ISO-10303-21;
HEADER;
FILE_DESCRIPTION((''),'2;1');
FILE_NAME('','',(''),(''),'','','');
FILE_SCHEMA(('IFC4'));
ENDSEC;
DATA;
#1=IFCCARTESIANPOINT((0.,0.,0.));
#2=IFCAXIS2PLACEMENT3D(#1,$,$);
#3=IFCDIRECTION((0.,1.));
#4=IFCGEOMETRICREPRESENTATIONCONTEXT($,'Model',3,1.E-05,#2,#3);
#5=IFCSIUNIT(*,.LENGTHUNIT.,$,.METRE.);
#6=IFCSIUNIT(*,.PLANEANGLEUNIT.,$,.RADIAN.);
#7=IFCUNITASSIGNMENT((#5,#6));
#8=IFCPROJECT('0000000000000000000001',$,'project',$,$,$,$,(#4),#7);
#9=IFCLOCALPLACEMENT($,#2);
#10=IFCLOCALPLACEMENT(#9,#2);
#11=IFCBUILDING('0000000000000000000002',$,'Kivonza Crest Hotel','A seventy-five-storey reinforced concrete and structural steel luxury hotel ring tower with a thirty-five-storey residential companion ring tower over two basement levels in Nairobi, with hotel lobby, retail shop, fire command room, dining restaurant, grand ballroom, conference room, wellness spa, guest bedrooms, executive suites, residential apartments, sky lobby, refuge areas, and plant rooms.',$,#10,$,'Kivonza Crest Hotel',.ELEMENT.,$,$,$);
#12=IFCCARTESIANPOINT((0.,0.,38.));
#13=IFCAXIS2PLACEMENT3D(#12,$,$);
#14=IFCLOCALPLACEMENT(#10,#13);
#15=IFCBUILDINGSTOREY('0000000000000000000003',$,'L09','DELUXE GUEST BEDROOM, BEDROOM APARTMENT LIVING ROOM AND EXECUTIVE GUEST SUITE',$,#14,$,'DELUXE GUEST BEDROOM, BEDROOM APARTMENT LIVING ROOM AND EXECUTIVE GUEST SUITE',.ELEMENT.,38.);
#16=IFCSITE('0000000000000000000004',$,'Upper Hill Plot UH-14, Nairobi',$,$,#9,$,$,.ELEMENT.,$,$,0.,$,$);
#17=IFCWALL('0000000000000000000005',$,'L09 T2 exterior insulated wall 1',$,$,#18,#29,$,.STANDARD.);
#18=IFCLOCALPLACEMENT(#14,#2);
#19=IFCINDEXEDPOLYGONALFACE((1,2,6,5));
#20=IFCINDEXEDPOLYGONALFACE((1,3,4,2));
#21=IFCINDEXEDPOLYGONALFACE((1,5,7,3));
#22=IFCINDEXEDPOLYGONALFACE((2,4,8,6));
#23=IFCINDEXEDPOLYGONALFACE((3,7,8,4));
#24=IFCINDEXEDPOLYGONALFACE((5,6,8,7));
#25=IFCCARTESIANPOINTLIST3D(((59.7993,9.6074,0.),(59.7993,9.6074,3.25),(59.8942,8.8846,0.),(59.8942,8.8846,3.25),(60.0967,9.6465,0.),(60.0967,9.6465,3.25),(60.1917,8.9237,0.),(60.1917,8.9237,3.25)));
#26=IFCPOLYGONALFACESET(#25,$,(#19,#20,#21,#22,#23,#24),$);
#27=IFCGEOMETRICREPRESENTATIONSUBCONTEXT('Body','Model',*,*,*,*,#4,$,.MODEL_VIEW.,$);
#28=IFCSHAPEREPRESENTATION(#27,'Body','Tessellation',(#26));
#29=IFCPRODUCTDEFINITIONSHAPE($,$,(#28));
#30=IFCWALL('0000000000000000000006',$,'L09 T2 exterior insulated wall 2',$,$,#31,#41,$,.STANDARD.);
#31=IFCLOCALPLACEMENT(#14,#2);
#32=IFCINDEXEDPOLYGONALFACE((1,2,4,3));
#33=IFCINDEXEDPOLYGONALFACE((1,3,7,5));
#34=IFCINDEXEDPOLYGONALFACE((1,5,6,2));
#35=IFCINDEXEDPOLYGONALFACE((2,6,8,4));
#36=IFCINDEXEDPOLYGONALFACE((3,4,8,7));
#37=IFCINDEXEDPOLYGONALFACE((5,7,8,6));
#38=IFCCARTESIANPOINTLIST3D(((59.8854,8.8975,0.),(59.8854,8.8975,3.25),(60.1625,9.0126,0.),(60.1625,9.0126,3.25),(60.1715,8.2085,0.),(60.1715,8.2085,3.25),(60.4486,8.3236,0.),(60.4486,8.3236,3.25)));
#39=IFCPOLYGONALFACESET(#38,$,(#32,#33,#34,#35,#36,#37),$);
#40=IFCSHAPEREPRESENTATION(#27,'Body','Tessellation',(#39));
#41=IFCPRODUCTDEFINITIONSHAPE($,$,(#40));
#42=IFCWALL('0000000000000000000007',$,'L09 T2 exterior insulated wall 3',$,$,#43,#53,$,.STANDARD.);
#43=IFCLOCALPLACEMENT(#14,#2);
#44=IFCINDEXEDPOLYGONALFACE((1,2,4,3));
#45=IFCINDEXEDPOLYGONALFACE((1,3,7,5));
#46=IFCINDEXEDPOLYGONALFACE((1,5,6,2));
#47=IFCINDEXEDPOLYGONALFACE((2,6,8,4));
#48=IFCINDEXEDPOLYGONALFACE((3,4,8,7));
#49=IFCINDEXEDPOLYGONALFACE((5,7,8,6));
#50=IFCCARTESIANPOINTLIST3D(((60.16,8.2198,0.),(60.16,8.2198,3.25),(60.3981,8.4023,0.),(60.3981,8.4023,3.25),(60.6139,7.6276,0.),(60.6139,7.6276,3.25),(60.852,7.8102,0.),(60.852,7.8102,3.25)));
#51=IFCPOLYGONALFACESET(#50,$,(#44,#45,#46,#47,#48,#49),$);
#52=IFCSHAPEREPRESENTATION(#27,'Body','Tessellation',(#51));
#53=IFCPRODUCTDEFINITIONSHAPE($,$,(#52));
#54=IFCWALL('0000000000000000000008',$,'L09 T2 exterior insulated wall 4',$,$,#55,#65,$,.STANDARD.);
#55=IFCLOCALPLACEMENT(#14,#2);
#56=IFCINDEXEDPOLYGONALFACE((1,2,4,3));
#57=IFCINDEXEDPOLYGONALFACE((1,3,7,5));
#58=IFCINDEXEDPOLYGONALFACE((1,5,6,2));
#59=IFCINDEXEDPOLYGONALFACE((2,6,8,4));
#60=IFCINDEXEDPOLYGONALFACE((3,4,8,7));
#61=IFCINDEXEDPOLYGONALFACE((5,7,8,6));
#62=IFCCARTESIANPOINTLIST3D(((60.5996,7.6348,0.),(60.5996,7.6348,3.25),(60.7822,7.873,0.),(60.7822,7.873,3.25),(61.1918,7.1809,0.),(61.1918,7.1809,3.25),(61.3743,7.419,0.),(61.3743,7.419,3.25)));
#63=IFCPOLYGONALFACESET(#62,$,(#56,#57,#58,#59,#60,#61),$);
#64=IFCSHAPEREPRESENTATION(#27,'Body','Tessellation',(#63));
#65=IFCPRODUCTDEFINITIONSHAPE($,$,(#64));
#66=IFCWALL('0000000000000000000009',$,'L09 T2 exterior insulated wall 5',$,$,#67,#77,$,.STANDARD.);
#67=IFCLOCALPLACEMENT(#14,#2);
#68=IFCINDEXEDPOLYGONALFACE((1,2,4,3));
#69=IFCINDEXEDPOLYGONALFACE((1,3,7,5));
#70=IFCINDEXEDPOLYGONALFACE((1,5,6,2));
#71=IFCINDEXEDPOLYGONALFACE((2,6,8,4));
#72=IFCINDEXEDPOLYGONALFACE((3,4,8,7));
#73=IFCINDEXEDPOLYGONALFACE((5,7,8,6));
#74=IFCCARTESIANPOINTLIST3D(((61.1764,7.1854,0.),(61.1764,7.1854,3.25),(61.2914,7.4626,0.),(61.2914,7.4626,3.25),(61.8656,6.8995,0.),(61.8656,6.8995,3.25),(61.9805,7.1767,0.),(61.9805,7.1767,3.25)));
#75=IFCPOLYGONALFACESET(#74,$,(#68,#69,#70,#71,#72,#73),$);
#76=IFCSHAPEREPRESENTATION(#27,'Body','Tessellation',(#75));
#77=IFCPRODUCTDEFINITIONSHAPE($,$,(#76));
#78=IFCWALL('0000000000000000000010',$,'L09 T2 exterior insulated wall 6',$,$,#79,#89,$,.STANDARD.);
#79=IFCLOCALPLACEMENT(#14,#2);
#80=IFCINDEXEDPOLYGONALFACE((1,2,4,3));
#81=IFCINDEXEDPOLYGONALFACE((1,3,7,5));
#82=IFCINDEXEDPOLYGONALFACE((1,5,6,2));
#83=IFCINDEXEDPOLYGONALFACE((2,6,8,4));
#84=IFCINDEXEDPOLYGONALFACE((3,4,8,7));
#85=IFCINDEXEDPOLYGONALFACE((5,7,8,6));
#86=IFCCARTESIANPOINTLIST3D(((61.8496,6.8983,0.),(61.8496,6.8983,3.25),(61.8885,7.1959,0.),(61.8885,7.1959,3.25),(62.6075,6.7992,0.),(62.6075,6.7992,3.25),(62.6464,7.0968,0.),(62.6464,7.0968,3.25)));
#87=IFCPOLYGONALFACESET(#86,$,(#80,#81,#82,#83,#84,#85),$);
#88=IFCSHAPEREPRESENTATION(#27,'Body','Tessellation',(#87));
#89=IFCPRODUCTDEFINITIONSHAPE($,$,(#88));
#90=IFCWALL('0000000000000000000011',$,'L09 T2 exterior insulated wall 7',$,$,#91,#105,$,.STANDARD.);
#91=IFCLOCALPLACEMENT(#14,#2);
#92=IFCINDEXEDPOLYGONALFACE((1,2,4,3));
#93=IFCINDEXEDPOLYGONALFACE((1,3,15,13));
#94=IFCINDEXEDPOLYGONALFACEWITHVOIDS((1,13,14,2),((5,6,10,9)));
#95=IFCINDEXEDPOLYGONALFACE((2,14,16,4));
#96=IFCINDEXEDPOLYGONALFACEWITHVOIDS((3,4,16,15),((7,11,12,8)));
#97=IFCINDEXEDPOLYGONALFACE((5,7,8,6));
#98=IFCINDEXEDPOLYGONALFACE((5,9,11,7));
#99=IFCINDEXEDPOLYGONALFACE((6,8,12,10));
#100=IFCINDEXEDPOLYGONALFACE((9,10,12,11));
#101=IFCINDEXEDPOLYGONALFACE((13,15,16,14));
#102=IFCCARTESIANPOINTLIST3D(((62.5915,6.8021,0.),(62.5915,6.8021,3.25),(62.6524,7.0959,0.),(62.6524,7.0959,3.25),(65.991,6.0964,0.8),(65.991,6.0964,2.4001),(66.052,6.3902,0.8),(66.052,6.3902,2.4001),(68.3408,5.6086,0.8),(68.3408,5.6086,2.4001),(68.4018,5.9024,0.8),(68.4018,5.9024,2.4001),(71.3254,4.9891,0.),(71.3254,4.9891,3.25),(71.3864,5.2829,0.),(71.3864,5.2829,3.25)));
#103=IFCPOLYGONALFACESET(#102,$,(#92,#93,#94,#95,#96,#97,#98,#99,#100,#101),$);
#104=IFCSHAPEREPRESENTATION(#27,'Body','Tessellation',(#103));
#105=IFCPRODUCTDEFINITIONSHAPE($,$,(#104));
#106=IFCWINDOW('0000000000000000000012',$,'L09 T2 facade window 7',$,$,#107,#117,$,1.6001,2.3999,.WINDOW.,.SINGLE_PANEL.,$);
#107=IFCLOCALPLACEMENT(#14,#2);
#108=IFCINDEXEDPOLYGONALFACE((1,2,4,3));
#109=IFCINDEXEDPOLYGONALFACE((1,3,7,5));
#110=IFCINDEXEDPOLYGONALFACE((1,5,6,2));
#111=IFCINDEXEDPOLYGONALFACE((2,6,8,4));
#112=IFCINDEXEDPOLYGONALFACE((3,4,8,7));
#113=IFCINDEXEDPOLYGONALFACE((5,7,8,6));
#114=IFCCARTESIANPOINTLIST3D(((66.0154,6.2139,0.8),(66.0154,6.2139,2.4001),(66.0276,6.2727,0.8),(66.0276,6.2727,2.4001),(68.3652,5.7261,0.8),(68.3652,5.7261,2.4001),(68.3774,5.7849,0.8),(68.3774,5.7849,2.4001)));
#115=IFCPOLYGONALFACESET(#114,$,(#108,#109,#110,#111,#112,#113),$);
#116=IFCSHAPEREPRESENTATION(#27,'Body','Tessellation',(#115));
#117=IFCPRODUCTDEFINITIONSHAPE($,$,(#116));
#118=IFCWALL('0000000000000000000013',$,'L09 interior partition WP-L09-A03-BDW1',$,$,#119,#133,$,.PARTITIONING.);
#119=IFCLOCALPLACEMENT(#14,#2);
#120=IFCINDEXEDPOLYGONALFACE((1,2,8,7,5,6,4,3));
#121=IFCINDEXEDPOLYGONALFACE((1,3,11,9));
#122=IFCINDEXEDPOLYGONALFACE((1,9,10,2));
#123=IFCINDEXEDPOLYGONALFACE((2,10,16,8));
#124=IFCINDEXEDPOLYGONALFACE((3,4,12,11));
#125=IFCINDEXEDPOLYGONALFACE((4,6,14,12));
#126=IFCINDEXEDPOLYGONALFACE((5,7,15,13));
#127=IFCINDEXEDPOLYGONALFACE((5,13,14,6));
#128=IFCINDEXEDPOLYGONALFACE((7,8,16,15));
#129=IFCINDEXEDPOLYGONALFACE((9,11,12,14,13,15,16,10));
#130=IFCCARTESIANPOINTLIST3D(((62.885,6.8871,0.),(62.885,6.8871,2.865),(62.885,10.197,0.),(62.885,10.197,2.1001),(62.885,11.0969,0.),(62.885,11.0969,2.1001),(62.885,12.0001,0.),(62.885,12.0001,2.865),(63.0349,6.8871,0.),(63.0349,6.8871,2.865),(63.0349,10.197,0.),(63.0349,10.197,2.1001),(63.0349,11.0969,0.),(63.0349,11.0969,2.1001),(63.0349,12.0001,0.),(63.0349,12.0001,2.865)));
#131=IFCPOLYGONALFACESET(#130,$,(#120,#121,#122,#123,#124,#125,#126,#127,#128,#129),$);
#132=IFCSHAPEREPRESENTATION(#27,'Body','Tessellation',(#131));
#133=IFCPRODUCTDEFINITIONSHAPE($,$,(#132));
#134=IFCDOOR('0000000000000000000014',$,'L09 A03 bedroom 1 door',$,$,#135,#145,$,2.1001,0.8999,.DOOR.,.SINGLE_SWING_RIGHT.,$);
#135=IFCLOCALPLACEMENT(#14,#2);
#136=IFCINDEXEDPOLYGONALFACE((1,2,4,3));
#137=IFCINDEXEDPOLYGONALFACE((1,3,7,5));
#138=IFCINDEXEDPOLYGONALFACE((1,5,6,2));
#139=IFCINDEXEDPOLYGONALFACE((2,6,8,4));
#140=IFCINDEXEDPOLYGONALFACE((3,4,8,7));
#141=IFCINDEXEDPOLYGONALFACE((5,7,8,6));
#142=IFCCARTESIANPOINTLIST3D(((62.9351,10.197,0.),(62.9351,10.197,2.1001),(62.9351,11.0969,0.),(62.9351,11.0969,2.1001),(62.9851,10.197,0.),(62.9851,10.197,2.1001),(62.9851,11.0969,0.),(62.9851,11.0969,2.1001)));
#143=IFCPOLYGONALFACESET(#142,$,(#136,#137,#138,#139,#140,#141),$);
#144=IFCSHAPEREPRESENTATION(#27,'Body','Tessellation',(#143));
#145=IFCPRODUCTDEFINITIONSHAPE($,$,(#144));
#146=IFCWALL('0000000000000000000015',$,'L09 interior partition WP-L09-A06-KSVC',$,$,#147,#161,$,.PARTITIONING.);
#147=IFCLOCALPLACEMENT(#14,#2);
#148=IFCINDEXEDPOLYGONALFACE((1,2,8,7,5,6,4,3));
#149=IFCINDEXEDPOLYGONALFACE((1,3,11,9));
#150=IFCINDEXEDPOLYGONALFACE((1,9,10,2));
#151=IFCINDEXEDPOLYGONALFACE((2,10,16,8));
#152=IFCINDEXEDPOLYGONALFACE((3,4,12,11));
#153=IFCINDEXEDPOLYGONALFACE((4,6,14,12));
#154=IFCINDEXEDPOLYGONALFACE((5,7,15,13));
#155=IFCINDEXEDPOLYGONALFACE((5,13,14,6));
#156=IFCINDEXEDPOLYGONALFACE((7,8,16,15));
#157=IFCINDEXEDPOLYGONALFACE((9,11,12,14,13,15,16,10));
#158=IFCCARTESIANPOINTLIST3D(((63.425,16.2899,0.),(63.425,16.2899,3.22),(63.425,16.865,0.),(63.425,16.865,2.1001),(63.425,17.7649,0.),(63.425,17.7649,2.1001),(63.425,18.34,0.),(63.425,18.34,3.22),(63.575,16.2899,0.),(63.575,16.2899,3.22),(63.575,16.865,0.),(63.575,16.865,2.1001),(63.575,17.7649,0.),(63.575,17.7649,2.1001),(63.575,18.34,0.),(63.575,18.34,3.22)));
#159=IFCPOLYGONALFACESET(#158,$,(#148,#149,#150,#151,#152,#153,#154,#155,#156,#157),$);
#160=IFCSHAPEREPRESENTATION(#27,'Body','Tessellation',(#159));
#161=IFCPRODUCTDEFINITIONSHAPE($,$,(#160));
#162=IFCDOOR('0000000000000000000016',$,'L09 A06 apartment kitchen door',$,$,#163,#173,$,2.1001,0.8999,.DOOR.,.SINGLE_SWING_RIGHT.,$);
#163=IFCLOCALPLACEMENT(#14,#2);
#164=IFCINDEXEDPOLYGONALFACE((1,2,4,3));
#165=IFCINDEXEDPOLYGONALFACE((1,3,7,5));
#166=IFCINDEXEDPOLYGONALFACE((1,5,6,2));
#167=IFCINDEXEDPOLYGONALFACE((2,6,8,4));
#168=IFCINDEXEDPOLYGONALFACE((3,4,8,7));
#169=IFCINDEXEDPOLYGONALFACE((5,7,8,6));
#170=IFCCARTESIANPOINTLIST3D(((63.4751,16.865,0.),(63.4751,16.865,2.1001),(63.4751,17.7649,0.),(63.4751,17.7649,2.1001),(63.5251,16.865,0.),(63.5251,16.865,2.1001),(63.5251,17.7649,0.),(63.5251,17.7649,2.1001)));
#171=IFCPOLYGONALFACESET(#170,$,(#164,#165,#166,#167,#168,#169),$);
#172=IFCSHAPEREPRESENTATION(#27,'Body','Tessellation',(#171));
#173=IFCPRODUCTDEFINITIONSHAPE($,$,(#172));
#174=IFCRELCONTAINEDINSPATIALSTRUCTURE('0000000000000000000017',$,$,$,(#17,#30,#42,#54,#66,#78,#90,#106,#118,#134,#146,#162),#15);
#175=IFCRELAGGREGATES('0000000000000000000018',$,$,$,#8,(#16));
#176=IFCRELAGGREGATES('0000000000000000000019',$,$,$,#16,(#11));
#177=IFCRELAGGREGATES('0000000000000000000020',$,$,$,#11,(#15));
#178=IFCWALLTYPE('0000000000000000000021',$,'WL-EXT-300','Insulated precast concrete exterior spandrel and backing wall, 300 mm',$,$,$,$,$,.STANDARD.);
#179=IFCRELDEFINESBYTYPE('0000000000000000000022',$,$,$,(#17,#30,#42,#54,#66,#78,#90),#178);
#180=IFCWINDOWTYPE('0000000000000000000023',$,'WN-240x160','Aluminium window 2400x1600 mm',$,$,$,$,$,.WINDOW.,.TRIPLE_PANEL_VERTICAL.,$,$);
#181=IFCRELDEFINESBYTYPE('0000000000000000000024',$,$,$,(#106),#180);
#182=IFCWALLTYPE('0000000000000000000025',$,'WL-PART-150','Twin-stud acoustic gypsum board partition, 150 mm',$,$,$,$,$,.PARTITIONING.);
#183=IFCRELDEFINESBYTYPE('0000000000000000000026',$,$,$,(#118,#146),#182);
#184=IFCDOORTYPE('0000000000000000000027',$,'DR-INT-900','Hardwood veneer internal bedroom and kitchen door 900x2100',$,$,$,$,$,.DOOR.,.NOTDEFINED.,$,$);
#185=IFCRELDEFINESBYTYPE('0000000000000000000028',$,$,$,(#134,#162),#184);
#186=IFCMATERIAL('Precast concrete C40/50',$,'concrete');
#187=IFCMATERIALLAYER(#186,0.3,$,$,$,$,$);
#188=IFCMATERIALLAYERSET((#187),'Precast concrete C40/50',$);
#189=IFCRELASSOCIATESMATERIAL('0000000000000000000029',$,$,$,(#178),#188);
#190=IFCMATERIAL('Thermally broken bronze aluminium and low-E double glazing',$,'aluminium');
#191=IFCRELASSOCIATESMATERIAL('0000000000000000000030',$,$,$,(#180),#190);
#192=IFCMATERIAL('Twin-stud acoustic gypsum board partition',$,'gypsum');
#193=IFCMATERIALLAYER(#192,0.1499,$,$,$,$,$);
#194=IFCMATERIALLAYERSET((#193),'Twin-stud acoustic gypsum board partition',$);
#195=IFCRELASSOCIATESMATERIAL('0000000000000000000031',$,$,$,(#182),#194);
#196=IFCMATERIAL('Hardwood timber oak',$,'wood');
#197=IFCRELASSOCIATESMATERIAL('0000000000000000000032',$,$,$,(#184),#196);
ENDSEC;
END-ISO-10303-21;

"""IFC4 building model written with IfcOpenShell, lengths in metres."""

from ifc_helpers import new_model, si_unit, direction, frame, frame_2d, origin, place, context, subcontext, project, spatial, rectangle, extrude, material, layer, layer_set, type_object, element, fill, save


model = new_model("IFC4")

# Units and contexts
model_context = context("Model", 3, precision=1e-05, world=origin(), true_north=direction((0.0, 1.0)))
body_context = subcontext(model_context, "Body", "Model", "MODEL_VIEW")
ifc_project = project(units=[si_unit("LENGTHUNIT", "METRE"), si_unit("PLANEANGLEUNIT", "RADIAN")], contexts=[model_context])

# Site, building, storey
site_placement = place(None, origin())
site = spatial("IfcSite", under=ifc_project, at=site_placement, Name="Upper Hill Plot UH-14, Nairobi", CompositionType="ELEMENT", RefElevation=0.0)
building_placement = place(site_placement, origin())
building = spatial("IfcBuilding", under=site, at=building_placement, Name="Kivonza Crest Hotel", Description="A seventy-five-storey reinforced concrete and structural steel luxury hotel ring tower with a thirty-five-storey residential companion ring tower over two basement levels in Nairobi, with hotel lobby, retail shop, fire command room, dining restaurant, grand ballroom, conference room, wellness spa, guest bedrooms, executive suites, residential apartments, sky lobby, refuge areas, and plant rooms.", LongName="Kivonza Crest Hotel", CompositionType="ELEMENT")
storey_placement = place(building_placement, frame((0.0, 0.0, 38.0)))
storey = spatial("IfcBuildingStorey", under=building, at=storey_placement, Name="L09", Description="DELUXE GUEST BEDROOM, BEDROOM APARTMENT LIVING ROOM AND EXECUTIVE GUEST SUITE", LongName="DELUXE GUEST BEDROOM, BEDROOM APARTMENT LIVING ROOM AND EXECUTIVE GUEST SUITE", CompositionType="ELEMENT", Elevation=38.0)

# Walls
ifc_material_1 = material(Name="Precast concrete C40/50", Category="concrete")
ifc_layer_1 = layer(ifc_material_1, 0.3)
ifc_layer_set_1 = layer_set([ifc_layer_1], Name="Precast concrete C40/50")
wall_type_1 = type_object("IfcWallType", Name="WL-EXT-300", Description="Insulated precast concrete exterior spandrel and backing wall, 300 mm", PredefinedType="STANDARD", material=ifc_layer_set_1)
wall_1_placement = place(storey_placement, frame((59.948, 9.627, 0.0), z_axis=(0.0, 0.0, 1.0), x_axis=(0.130255, -0.99148, 0.0)))
element("IfcWall", 1, at=wall_1_placement, inside=storey, type_object=wall_type_1, Name="L09 T2 exterior insulated wall 1", PredefinedType="STANDARD", context=body_context, shape_type="SweptSolid", body=[
    extrude(rectangle(XDim=0.729, YDim=0.3, at=frame_2d((0.3645, 0.0))), origin(), (0.0, 0.0, 1.0), 3.25),
])
for number, where, z_axis, x_axis, name in (
    (2, (60.0239, 8.9551, 0.0), (0.0, 0.0, 1.0), (0.383546, -0.923522, 0.0), "L09 T2 exterior insulated wall 2"),
    (3, (60.2791, 8.311, 0.0), (0.0, 0.0, 1.0), (0.608397, -0.793633, 0.0), "L09 T2 exterior insulated wall 3"),
    (4, (60.6909, 7.7539, 0.0), (0.0, 0.0, 1.0), (0.793633, -0.608397, 0.0), "L09 T2 exterior insulated wall 4"),
    (5, (61.2339, 7.324, 0.0), (0.0, 0.0, 1.0), (0.923686, -0.383151, 0.0), "L09 T2 exterior insulated wall 5"),
):
    element("IfcWall", number, at=place(storey_placement, frame(where, z_axis=z_axis, x_axis=x_axis)), inside=storey, type_object=wall_type_1, Name=name, PredefinedType="STANDARD", context=body_context, shape_type="SweptSolid", body=[
        extrude(rectangle(XDim=0.7461, YDim=0.3, at=frame_2d((0.373, 0.0))), origin(), (0.0, 0.0, 1.0), 3.25),
    ])
wall_2_placement = place(storey_placement, frame((61.8689, 7.0471, 0.0), z_axis=(0.0, 0.0, 1.0), x_axis=(0.991559, -0.129653, 0.0)))
element("IfcWall", 6, at=wall_2_placement, inside=storey, type_object=wall_type_1, Name="L09 T2 exterior insulated wall 6", PredefinedType="STANDARD", context=body_context, shape_type="SweptSolid", body=[
    extrude(rectangle(XDim=0.7644, YDim=0.3, at=frame_2d((0.3823, 0.0))), origin(), (0.0, 0.0, 1.0), 3.25),
])

# Wall, opening, window
wall_3_placement = place(storey_placement, frame((62.6221, 6.949, 0.0), z_axis=(0.0, 0.0, 1.0), x_axis=(0.979127, -0.203248, 0.0)))
wall_3 = element("IfcWall", 7, at=wall_3_placement, inside=storey, type_object=wall_type_1, Name="L09 T2 exterior insulated wall 7", PredefinedType="STANDARD", context=body_context, shape_type="SweptSolid", body=[
    extrude(rectangle(XDim=8.9202, YDim=0.3, at=frame_2d((4.46, 0.0))), origin(), (0.0, 0.0, 1.0), 3.25),
])
opening_1_placement = place(wall_3_placement, frame((3.4719, 0.0, 0.8)))
opening_1 = element("IfcOpeningElement", 8, at=opening_1_placement, cuts=wall_3, PredefinedType="OPENING", context=body_context, shape_type="SweptSolid", body=[
    extrude(rectangle(XDim=2.3999, YDim=1.6001, at=frame_2d((1.2, 0.8))), frame((0.0, 0.1602, 0.0), z_axis=(0.0, -1.0, 0.0), x_axis=(1.0, 0.0, 0.0)), (0.0, 0.0, 1.0), 0.3201),
])
ifc_material_2 = material(Name="Thermally broken bronze aluminium and low-E double glazing", Category="aluminium")
window_type = type_object("IfcWindowType", Name="WN-240x160", Description="Aluminium window 2400x1600 mm", PartitioningType="TRIPLE_PANEL_VERTICAL", PredefinedType="WINDOW", material=ifc_material_2)
window_placement = place(opening_1_placement, origin())
window = element("IfcWindow", 9, at=window_placement, inside=storey, type_object=window_type, Name="L09 T2 facade window 7", OverallHeight=1.6001, OverallWidth=2.3999, PartitioningType="SINGLE_PANEL", PredefinedType="WINDOW", context=body_context, shape_type="SweptSolid", body=[
    extrude(rectangle(XDim=2.3999, YDim=1.6001, at=frame_2d((1.2, 0.8))), frame((0.0, 0.03, 0.0), z_axis=(0.0, -1.0, 0.0), x_axis=(1.0, 0.0, 0.0)), (0.0, 0.0, 1.0), 0.0601),
])
fill(opening_1, window)

# Walls, openings, doors
ifc_material_3 = material(Name="Twin-stud acoustic gypsum board partition", Category="gypsum")
ifc_layer_2 = layer(ifc_material_3, 0.1499)
ifc_layer_set_2 = layer_set([ifc_layer_2], Name="Twin-stud acoustic gypsum board partition")
wall_type_2 = type_object("IfcWallType", Name="WL-PART-150", Description="Twin-stud acoustic gypsum board partition, 150 mm", PredefinedType="PARTITIONING", material=ifc_layer_set_2)
wall_4_placement = place(storey_placement, frame((62.96, 6.887, 0.0), z_axis=(0.0, 0.0, 1.0), x_axis=(0.0, 1.0, 0.0)))
wall_4 = element("IfcWall", 10, at=wall_4_placement, inside=storey, type_object=wall_type_2, Name="L09 interior partition WP-L09-A03-BDW1", PredefinedType="PARTITIONING", context=body_context, shape_type="SweptSolid", body=[
    extrude(rectangle(XDim=5.113, YDim=0.1499, at=frame_2d((2.5566, 0.0))), origin(), (0.0, 0.0, 1.0), 2.865),
])
opening_2_placement = place(wall_4_placement, frame((3.3101, 0.0, 0.0)))
opening_2 = element("IfcOpeningElement", 11, at=opening_2_placement, cuts=wall_4, PredefinedType="OPENING", context=body_context, shape_type="SweptSolid", body=[
    extrude(rectangle(XDim=0.8999, YDim=2.1001, at=frame_2d((0.45, 1.05))), frame((0.0, 0.085, 0.0), z_axis=(0.0, -1.0, 0.0), x_axis=(1.0, 0.0, 0.0)), (0.0, 0.0, 1.0), 0.1699),
])
ifc_material_4 = material(Name="Hardwood timber oak", Category="wood")
door_type_1 = type_object("IfcDoorType", Name="DR-INT-900", Description="Hardwood veneer internal bedroom and kitchen door 900x2100", OperationType="NOTDEFINED", PredefinedType="DOOR", material=ifc_material_4)
door_1_placement = place(opening_2_placement, origin())
door_1 = element("IfcDoor", 12, at=door_1_placement, inside=storey, type_object=door_type_1, Name="L09 A03 bedroom 1 door", OperationType="SINGLE_SWING_RIGHT", OverallHeight=2.1001, OverallWidth=0.8999, PredefinedType="DOOR", context=body_context, shape_type="SweptSolid", body=[
    extrude(rectangle(XDim=0.8999, YDim=2.1001, at=frame_2d((0.45, 1.05))), frame((0.0, 0.0249, 0.0), z_axis=(0.0, -1.0, 0.0), x_axis=(1.0, 0.0, 0.0)), (0.0, 0.0, 1.0), 0.05),
])
fill(opening_2, door_1)
wall_5_placement = place(storey_placement, frame((63.5, 16.29, 0.0), z_axis=(0.0, 0.0, 1.0), x_axis=(0.0, 1.0, 0.0)))
wall_5 = element("IfcWall", 13, at=wall_5_placement, inside=storey, type_object=wall_type_2, Name="L09 interior partition WP-L09-A06-KSVC", PredefinedType="PARTITIONING", context=body_context, shape_type="SweptSolid", body=[
    extrude(rectangle(XDim=2.05, YDim=0.1499, at=frame_2d((1.0249, 0.0))), origin(), (0.0, 0.0, 1.0), 3.22),
])
opening_3_placement = place(wall_5_placement, frame((0.575, 0.0, 0.0)))
opening_3 = element("IfcOpeningElement", 14, at=opening_3_placement, cuts=wall_5, PredefinedType="OPENING", context=body_context, shape_type="SweptSolid", body=[
    extrude(rectangle(XDim=0.8999, YDim=2.1001, at=frame_2d((0.45, 1.05))), frame((0.0, 0.085, 0.0), z_axis=(0.0, -1.0, 0.0), x_axis=(1.0, 0.0, 0.0)), (0.0, 0.0, 1.0), 0.1699),
])
door_2_placement = place(opening_3_placement, origin())
door_2 = element("IfcDoor", 15, at=door_2_placement, inside=storey, type_object=door_type_1, Name="L09 A06 apartment kitchen door", OperationType="SINGLE_SWING_RIGHT", OverallHeight=2.1001, OverallWidth=0.8999, PredefinedType="DOOR", context=body_context, shape_type="SweptSolid", body=[
    extrude(rectangle(XDim=0.8999, YDim=2.1001, at=frame_2d((0.45, 1.05))), frame((0.0, 0.0249, 0.0), z_axis=(0.0, -1.0, 0.0), x_axis=(1.0, 0.0, 0.0)), (0.0, 0.0, 1.0), 0.05),
])
fill(opening_3, door_2)

save(model, "model.ifc")
